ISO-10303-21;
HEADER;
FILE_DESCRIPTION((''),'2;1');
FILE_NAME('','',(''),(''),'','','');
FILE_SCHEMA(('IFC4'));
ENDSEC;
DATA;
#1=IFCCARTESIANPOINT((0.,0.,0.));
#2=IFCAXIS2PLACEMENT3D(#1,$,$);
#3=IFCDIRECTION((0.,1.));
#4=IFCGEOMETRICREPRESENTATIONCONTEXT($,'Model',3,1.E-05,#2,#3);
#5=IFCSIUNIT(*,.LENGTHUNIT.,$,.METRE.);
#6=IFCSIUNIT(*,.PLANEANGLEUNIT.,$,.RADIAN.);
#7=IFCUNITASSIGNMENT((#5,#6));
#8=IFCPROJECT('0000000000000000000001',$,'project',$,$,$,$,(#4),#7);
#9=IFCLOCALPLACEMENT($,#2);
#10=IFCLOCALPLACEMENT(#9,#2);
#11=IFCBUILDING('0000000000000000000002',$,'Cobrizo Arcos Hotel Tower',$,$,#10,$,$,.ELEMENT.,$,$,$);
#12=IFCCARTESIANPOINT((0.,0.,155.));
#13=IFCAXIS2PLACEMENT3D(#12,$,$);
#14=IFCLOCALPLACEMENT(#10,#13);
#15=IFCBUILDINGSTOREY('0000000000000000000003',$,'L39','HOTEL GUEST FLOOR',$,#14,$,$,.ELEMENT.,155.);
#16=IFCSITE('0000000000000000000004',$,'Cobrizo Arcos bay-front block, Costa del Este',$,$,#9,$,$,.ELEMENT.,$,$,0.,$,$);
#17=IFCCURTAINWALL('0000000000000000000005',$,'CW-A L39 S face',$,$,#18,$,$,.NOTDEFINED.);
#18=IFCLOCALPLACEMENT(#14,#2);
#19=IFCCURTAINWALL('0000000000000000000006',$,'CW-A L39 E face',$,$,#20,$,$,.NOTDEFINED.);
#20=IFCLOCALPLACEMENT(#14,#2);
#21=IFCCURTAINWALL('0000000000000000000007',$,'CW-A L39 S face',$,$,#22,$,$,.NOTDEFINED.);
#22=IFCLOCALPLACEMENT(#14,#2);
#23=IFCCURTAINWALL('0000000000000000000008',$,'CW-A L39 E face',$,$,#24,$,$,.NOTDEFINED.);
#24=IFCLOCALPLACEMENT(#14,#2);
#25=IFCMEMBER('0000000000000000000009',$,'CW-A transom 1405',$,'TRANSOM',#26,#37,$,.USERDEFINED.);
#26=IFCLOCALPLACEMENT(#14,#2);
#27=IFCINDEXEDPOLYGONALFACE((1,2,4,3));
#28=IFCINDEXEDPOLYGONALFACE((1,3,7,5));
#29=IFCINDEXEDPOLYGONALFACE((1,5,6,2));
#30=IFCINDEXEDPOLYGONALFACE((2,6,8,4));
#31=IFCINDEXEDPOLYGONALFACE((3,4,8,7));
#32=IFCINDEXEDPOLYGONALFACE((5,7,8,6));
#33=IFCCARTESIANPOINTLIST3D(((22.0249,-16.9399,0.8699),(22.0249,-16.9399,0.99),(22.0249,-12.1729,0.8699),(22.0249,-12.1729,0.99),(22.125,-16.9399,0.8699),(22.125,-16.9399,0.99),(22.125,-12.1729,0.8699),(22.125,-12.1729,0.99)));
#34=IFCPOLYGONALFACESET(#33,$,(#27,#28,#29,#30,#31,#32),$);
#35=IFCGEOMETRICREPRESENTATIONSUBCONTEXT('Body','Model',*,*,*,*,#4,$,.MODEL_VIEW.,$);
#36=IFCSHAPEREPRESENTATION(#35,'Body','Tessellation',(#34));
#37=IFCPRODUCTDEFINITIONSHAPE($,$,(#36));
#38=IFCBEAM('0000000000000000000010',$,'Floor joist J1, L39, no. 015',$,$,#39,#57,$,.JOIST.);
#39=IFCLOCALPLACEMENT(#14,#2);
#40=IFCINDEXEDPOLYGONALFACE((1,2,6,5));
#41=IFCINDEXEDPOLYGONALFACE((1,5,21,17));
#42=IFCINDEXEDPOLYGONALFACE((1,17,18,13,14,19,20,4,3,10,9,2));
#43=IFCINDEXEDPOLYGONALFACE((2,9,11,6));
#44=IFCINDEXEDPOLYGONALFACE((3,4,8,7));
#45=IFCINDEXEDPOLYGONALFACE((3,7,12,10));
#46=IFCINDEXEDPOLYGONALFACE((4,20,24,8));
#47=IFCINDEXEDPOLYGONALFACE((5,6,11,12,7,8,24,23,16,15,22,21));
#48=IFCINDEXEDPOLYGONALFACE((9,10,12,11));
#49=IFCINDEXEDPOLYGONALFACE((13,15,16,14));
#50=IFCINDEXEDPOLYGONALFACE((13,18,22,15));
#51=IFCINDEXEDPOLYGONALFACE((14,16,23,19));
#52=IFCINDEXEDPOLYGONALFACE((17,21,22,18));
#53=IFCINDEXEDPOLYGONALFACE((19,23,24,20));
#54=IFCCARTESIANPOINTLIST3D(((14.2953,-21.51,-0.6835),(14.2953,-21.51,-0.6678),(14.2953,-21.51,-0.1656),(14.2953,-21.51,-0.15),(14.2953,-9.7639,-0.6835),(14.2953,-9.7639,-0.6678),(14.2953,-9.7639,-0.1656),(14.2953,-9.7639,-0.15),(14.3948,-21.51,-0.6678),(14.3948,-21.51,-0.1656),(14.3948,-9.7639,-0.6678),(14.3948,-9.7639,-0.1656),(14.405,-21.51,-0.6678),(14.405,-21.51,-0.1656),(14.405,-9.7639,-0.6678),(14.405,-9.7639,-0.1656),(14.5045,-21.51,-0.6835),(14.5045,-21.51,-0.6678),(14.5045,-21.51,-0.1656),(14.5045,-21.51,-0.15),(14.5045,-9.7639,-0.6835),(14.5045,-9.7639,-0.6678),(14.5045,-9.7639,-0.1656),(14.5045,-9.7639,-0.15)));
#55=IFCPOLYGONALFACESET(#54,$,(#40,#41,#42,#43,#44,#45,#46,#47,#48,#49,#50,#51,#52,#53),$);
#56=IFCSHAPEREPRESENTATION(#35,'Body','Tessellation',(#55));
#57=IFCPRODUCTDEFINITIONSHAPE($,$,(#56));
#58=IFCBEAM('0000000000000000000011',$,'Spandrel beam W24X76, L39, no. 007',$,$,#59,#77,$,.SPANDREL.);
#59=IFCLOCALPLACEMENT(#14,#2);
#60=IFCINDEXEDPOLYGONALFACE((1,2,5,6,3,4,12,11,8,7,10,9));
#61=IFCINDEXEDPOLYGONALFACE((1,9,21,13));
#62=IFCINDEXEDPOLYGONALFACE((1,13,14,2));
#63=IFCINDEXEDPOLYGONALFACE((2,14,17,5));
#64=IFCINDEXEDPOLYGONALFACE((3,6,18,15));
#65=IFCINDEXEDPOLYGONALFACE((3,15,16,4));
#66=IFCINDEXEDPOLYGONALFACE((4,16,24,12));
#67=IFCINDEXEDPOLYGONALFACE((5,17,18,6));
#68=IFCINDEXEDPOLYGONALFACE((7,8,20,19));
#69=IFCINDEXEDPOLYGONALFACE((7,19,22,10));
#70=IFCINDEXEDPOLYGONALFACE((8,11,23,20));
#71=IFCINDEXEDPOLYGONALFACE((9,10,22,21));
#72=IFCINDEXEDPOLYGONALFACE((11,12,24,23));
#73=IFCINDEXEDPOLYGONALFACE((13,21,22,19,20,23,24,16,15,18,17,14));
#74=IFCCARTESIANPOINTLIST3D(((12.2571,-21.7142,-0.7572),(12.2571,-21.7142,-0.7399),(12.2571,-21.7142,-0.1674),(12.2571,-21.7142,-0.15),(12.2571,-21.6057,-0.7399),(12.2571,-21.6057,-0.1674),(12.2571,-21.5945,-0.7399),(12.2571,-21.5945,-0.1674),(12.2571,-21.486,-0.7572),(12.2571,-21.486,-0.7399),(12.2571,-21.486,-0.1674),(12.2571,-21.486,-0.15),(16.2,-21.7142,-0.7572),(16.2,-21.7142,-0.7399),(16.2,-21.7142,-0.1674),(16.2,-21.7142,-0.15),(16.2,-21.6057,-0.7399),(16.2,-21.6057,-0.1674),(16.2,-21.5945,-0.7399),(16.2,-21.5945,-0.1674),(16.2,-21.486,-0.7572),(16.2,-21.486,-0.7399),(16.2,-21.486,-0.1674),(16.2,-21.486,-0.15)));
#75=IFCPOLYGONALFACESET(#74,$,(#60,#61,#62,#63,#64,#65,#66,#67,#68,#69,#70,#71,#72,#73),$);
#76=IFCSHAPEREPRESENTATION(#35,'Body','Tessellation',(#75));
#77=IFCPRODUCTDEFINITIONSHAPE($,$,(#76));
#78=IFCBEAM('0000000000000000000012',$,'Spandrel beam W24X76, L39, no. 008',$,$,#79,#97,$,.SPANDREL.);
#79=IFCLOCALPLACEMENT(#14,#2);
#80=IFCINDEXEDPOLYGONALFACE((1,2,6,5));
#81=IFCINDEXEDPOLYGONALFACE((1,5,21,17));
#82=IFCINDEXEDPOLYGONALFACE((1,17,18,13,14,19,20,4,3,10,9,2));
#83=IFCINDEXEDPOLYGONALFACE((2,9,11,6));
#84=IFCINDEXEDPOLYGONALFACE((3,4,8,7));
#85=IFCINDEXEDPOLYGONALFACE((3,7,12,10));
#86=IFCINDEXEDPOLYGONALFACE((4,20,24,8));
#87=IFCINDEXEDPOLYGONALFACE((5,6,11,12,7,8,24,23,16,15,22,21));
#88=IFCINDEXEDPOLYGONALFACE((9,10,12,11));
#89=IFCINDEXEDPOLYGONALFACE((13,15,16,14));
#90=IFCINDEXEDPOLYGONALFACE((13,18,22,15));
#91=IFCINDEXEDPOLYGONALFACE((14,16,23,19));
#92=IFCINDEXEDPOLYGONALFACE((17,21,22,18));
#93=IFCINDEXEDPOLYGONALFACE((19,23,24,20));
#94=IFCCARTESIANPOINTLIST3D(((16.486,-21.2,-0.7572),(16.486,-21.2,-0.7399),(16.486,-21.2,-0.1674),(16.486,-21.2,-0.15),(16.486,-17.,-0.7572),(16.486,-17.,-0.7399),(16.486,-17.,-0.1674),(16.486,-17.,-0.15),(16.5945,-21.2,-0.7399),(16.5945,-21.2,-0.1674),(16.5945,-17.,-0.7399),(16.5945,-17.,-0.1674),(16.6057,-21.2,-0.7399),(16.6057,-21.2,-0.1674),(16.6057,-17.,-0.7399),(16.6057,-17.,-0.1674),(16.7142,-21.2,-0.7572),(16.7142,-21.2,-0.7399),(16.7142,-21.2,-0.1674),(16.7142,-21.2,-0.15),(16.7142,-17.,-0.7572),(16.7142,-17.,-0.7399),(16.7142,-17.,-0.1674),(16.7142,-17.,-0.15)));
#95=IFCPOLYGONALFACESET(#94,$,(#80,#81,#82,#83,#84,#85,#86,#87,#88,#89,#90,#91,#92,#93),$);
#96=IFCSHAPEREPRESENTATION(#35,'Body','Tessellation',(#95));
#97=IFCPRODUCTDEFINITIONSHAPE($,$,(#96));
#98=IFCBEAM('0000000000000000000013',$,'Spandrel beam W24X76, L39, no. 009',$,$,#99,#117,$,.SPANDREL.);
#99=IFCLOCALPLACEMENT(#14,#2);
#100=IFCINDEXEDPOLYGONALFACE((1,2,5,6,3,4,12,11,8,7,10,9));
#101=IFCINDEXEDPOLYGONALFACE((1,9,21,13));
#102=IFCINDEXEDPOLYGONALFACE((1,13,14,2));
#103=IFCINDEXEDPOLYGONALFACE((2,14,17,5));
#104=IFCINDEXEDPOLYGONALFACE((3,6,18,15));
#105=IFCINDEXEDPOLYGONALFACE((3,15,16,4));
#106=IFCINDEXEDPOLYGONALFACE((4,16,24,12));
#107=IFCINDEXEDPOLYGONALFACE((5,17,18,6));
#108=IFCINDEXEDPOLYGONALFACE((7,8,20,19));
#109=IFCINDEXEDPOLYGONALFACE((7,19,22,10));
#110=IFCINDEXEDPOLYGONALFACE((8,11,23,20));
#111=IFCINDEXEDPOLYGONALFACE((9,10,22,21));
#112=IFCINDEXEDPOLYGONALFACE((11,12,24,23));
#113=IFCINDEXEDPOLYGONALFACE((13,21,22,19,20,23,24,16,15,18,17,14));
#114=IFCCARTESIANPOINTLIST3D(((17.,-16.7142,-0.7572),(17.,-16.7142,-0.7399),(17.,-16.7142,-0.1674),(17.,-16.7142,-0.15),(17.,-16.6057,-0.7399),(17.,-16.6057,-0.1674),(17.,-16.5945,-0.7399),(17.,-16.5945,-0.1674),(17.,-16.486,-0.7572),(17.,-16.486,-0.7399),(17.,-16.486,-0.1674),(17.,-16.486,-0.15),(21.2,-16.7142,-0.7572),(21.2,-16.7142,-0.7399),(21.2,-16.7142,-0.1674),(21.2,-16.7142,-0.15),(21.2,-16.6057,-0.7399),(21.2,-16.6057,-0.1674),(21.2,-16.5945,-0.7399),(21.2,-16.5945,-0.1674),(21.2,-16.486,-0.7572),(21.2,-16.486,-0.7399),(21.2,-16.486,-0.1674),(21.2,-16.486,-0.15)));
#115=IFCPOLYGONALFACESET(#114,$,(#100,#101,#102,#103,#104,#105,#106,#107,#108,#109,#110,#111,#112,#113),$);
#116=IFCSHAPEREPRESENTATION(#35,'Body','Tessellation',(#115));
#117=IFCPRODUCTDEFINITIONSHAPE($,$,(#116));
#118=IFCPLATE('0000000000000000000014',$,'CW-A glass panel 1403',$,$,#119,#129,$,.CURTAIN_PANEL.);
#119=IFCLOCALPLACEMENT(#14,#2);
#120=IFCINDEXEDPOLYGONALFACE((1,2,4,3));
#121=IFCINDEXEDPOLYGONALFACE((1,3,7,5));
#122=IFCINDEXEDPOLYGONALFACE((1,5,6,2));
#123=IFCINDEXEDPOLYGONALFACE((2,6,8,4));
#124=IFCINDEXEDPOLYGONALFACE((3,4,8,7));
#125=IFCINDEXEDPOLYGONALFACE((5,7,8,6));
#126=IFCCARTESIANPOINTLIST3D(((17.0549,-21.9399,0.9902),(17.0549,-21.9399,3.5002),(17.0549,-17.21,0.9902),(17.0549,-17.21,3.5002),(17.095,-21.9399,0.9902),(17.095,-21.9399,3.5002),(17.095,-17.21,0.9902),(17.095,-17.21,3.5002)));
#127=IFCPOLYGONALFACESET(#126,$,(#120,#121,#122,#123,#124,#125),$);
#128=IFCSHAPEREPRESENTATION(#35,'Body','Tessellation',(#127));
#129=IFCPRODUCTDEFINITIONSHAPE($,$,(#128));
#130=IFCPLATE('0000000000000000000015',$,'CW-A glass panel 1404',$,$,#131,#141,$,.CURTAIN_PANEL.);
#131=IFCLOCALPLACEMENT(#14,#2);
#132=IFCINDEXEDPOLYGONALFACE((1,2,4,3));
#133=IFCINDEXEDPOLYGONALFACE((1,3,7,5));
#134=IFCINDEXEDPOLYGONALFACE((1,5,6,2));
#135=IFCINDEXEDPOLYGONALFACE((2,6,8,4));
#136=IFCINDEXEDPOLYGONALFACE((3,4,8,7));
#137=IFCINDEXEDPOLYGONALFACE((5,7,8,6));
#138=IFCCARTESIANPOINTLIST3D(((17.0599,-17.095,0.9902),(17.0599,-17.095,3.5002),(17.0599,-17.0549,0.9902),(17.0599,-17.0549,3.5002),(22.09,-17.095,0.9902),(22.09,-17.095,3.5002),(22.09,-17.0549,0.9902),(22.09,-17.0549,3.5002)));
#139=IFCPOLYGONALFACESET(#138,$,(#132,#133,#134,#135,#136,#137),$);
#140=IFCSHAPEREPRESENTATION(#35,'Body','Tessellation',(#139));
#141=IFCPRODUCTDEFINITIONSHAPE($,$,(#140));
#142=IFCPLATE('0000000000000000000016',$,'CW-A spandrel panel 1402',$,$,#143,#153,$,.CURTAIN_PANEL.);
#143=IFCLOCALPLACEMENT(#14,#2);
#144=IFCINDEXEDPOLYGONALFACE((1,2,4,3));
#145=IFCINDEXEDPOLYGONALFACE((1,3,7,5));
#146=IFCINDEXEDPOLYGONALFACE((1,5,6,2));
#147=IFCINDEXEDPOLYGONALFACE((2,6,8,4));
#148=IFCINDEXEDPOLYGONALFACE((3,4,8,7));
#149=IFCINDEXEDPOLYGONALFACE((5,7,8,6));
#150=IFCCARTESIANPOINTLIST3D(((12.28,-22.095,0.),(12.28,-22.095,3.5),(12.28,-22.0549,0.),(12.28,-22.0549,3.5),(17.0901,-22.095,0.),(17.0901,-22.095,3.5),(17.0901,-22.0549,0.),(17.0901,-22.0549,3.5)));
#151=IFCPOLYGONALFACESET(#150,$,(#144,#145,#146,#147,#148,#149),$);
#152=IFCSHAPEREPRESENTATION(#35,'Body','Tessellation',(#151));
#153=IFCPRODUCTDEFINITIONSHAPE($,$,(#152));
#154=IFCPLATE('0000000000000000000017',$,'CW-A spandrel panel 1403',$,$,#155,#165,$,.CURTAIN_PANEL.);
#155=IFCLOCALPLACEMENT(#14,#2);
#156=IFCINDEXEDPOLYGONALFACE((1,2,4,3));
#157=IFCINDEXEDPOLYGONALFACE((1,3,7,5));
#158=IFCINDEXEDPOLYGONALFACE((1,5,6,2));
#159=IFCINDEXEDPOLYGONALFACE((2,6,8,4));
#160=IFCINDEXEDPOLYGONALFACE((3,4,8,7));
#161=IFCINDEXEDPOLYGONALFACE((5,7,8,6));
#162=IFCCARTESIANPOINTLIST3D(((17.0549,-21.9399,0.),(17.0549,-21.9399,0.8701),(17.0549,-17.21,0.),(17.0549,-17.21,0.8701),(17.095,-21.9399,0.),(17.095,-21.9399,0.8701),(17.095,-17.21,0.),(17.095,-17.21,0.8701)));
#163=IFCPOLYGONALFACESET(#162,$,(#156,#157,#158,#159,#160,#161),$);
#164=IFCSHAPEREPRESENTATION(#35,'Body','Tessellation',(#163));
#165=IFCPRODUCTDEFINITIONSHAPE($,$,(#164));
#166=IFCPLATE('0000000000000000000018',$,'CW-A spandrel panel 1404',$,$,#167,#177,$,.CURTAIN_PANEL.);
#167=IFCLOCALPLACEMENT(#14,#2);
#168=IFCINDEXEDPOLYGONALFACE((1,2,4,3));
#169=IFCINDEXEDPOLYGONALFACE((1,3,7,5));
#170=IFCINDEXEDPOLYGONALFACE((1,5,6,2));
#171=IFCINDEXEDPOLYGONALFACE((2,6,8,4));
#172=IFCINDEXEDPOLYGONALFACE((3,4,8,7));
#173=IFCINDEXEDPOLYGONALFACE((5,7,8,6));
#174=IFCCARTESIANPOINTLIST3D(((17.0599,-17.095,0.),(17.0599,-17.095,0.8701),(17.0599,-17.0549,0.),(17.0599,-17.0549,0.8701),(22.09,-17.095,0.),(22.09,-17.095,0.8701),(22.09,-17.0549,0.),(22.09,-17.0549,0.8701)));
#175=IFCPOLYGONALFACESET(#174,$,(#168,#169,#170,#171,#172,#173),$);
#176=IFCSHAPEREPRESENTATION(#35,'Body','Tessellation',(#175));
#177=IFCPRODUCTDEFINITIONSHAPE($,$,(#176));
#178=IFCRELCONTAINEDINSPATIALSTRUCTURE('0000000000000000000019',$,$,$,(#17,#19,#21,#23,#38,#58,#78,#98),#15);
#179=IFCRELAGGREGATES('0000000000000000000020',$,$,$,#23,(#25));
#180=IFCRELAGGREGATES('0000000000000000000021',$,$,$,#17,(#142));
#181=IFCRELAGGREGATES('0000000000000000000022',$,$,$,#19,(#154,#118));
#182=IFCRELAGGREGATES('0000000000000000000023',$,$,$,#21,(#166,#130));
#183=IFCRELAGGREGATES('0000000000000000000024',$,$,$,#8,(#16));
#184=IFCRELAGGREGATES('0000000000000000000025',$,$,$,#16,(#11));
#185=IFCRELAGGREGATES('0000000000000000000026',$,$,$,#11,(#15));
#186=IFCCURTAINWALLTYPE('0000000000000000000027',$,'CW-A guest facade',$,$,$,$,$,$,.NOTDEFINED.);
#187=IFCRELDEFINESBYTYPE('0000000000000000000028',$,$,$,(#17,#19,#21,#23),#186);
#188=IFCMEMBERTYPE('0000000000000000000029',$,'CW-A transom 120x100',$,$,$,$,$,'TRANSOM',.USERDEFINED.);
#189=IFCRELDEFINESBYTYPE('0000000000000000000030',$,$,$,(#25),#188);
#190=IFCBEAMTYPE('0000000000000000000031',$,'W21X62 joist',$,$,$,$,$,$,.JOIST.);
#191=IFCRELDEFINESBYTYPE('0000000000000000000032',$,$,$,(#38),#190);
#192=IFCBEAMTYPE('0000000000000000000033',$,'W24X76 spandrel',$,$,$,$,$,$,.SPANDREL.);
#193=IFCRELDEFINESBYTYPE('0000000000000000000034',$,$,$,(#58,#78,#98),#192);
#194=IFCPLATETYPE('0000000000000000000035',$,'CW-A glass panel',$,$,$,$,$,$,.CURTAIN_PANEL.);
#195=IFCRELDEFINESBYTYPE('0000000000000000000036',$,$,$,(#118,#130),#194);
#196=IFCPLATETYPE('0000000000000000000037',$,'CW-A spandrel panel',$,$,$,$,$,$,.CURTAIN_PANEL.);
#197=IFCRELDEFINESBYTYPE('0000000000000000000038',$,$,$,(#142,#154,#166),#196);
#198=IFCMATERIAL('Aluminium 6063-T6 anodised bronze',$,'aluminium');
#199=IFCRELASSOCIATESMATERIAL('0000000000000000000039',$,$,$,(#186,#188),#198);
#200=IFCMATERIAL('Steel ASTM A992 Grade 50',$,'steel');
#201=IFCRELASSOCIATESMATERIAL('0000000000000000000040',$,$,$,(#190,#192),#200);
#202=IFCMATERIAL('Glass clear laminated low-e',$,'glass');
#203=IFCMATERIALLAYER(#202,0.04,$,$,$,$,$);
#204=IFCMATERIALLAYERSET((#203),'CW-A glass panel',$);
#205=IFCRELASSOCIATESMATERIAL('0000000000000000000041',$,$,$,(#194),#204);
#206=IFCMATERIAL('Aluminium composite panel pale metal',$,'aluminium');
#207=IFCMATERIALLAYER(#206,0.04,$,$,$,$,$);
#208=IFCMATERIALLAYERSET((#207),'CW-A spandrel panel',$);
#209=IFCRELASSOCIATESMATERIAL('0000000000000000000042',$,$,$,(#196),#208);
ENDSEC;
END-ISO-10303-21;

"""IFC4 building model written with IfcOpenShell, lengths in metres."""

from ifc_helpers import new_model, si_unit, direction, frame, origin, origin_2d, place, context, subcontext, project, spatial, rectangle, i_section, extrude, material, layer, layer_set, material_profile, profile_set, type_object, element, aggregate, save


model = new_model("IFC4")

# Units and contexts
model_context = context("Model", 3, precision=1e-05, world=origin(), true_north=direction((0.0, 1.0)))
body_context = subcontext(model_context, "Body", "Model", "MODEL_VIEW")
ifc_project = project(units=[si_unit("LENGTHUNIT", "METRE"), si_unit("PLANEANGLEUNIT", "RADIAN")], contexts=[model_context])

# Site, building, storey
site_placement = place(None, origin())
site = spatial("IfcSite", under=ifc_project, at=site_placement, Name="Cobrizo Arcos bay-front block, Costa del Este", CompositionType="ELEMENT", RefElevation=0.0)
building_placement = place(site_placement, origin())
building = spatial("IfcBuilding", under=site, at=building_placement, Name="Cobrizo Arcos Hotel Tower", CompositionType="ELEMENT")
storey_placement = place(building_placement, frame((0.0, 0.0, 155.0)))
storey = spatial("IfcBuildingStorey", under=building, at=storey_placement, Name="L39", Description="HOTEL GUEST FLOOR", CompositionType="ELEMENT", Elevation=155.0)

# Curtain walls
ifc_material_1 = material(Name="Aluminium 6063-T6 anodised bronze", Category="aluminium")
curtain_wall_type = type_object("IfcCurtainWallType", Name="CW-A guest facade", PredefinedType="NOTDEFINED", material=ifc_material_1)
curtain_wall_1_placement = place(storey_placement, origin())
curtain_wall_1 = element("IfcCurtainWall", 1, at=curtain_wall_1_placement, inside=storey, type_object=curtain_wall_type, Name="CW-A L39 S face", PredefinedType="NOTDEFINED")
curtain_wall_2_placement = place(storey_placement, origin())
curtain_wall_2 = element("IfcCurtainWall", 2, at=curtain_wall_2_placement, inside=storey, type_object=curtain_wall_type, Name="CW-A L39 E face", PredefinedType="NOTDEFINED")
curtain_wall_3_placement = place(storey_placement, origin())
curtain_wall_3 = element("IfcCurtainWall", 3, at=curtain_wall_3_placement, inside=storey, type_object=curtain_wall_type, Name="CW-A L39 S face", PredefinedType="NOTDEFINED")

# Curtain wall
curtain_wall_4_placement = place(storey_placement, origin())
curtain_wall_4 = element("IfcCurtainWall", 4, at=curtain_wall_4_placement, inside=storey, type_object=curtain_wall_type, Name="CW-A L39 E face", PredefinedType="NOTDEFINED")

# Member
ifc_material_profile_1 = material_profile(ifc_material_1, rectangle(XDim=0.1001, YDim=0.1201, at=origin_2d()), Name="CW-A transom 120x100")
ifc_profile_set_1 = profile_set([ifc_material_profile_1], Name="Aluminium 6063-T6 anodised bronze")
member_type_1 = type_object("IfcMemberType", Name="CW-A transom 120x100", ElementType="TRANSOM", PredefinedType="USERDEFINED", material=ifc_profile_set_1)
member_1_placement = place(storey_placement, frame((22.075, -16.9399, 0.9299), z_axis=(0.0, 1.0, 0.0), x_axis=(-1.0, 0.0, 0.0)))
member_1 = element("IfcMember", 5, at=member_1_placement, type_object=member_type_1, Name="CW-A transom 1405", ObjectType="TRANSOM", PredefinedType="USERDEFINED", context=body_context, shape_type="SweptSolid", body=[
    extrude(rectangle(XDim=0.1001, YDim=0.1201, at=origin_2d()), origin(), (0.0, 0.0, 1.0), 4.7671),
])
aggregate(curtain_wall_4, [member_1])

# Beams
ifc_material_2 = material(Name="Steel ASTM A992 Grade 50", Category="steel")
ifc_material_profile_2 = material_profile(ifc_material_2, i_section(OverallWidth=0.2092, OverallDepth=0.5334, WebThickness=0.0103, FlangeThickness=0.0156, at=origin_2d()), Name="W21X62")
ifc_profile_set_2 = profile_set([ifc_material_profile_2], Name="Steel ASTM A992 Grade 50")
beam_type_1 = type_object("IfcBeamType", Name="W21X62 joist", PredefinedType="JOIST", material=ifc_profile_set_2)
beam_1_placement = place(storey_placement, frame((14.3999, -21.51, -0.4167), z_axis=(0.0, 1.0, 0.0), x_axis=(-1.0, 0.0, 0.0)))
element("IfcBeam", 6, at=beam_1_placement, inside=storey, type_object=beam_type_1, Name="Floor joist J1, L39, no. 015", PredefinedType="JOIST", context=body_context, shape_type="SweptSolid", body=[
    extrude(i_section(OverallWidth=0.2092, OverallDepth=0.5334, WebThickness=0.0103, FlangeThickness=0.0156, at=origin_2d()), origin(), (0.0, 0.0, 1.0), 11.7461),
])
ifc_material_profile_3 = material_profile(ifc_material_2, i_section(OverallWidth=0.2283, OverallDepth=0.6072, WebThickness=0.0112, FlangeThickness=0.0173, at=origin_2d()), Name="W24X76")
ifc_profile_set_3 = profile_set([ifc_material_profile_3], Name="Steel ASTM A992 Grade 50")
beam_type_2 = type_object("IfcBeamType", Name="W24X76 spandrel", PredefinedType="SPANDREL", material=ifc_profile_set_3)
beam_2_placement = place(storey_placement, frame((12.2571, -21.6001, -0.4536), z_axis=(1.0, 0.0, 0.0), x_axis=(0.0, 1.0, 0.0)))
element("IfcBeam", 7, at=beam_2_placement, inside=storey, type_object=beam_type_2, Name="Spandrel beam W24X76, L39, no. 007", PredefinedType="SPANDREL", context=body_context, shape_type="SweptSolid", body=[
    extrude(i_section(OverallWidth=0.2283, OverallDepth=0.6072, WebThickness=0.0112, FlangeThickness=0.0173, at=origin_2d()), origin(), (0.0, 0.0, 1.0), 3.9429),
])
for number, where, z_axis, x_axis, name in (
    (8, (16.6001, -21.2, -0.4536), (0.0, 1.0, 0.0), (-1.0, 0.0, 0.0), "Spandrel beam W24X76, L39, no. 008"),
    (9, (17.0, -16.6001, -0.4536), (1.0, 0.0, 0.0), (0.0, 1.0, 0.0), "Spandrel beam W24X76, L39, no. 009"),
):
    element("IfcBeam", number, at=place(storey_placement, frame(where, z_axis=z_axis, x_axis=x_axis)), inside=storey, type_object=beam_type_2, Name=name, PredefinedType="SPANDREL", context=body_context, shape_type="SweptSolid", body=[
        extrude(i_section(OverallWidth=0.2283, OverallDepth=0.6072, WebThickness=0.0112, FlangeThickness=0.0173, at=origin_2d()), origin(), (0.0, 0.0, 1.0), 4.2),
    ])

# Plates
ifc_material_3 = material(Name="Glass clear laminated low-e", Category="glass")
ifc_layer_1 = layer(ifc_material_3, 0.04)
ifc_layer_set_1 = layer_set([ifc_layer_1], Name="CW-A glass panel")
plate_type_1 = type_object("IfcPlateType", Name="CW-A glass panel", PredefinedType="CURTAIN_PANEL", material=ifc_layer_set_1)
plate_1_placement = place(storey_placement, frame((17.075, -19.575, 0.9902), z_axis=(0.0, 0.0, 1.0), x_axis=(0.0, 1.0, 0.0)))
plate_1 = element("IfcPlate", 10, at=plate_1_placement, type_object=plate_type_1, Name="CW-A glass panel 1403", PredefinedType="CURTAIN_PANEL", context=body_context, shape_type="SweptSolid", body=[
    extrude(rectangle(XDim=4.73, YDim=0.04, at=origin_2d()), origin(), (0.0, 0.0, 1.0), 2.51),
])
plate_2_placement = place(storey_placement, frame((19.575, -17.075, 0.9902), z_axis=(0.0, 0.0, 1.0), x_axis=(1.0, 0.0, 0.0)))
plate_2 = element("IfcPlate", 11, at=plate_2_placement, type_object=plate_type_1, Name="CW-A glass panel 1404", PredefinedType="CURTAIN_PANEL", context=body_context, shape_type="SweptSolid", body=[
    extrude(rectangle(XDim=5.03, YDim=0.04, at=origin_2d()), origin(), (0.0, 0.0, 1.0), 2.51),
])
ifc_material_4 = material(Name="Aluminium composite panel pale metal", Category="aluminium")
ifc_layer_2 = layer(ifc_material_4, 0.04)
ifc_layer_set_2 = layer_set([ifc_layer_2], Name="CW-A spandrel panel")
plate_type_2 = type_object("IfcPlateType", Name="CW-A spandrel panel", PredefinedType="CURTAIN_PANEL", material=ifc_layer_set_2)
plate_3_placement = place(storey_placement, frame((14.6851, -22.075, 0.0), z_axis=(0.0, 0.0, 1.0), x_axis=(1.0, 0.0, 0.0)))
plate_3 = element("IfcPlate", 12, at=plate_3_placement, type_object=plate_type_2, Name="CW-A spandrel panel 1402", PredefinedType="CURTAIN_PANEL", context=body_context, shape_type="SweptSolid", body=[
    extrude(rectangle(XDim=4.8101, YDim=0.04, at=origin_2d()), origin(), (0.0, 0.0, 1.0), 3.5),
])
aggregate(curtain_wall_1, [plate_3])
plate_4_placement = place(storey_placement, frame((17.075, -19.575, 0.0), z_axis=(0.0, 0.0, 1.0), x_axis=(0.0, 1.0, 0.0)))
plate_4 = element("IfcPlate", 13, at=plate_4_placement, type_object=plate_type_2, Name="CW-A spandrel panel 1403", PredefinedType="CURTAIN_PANEL", context=body_context, shape_type="SweptSolid", body=[
    extrude(rectangle(XDim=4.73, YDim=0.04, at=origin_2d()), origin(), (0.0, 0.0, 1.0), 0.8701),
])
aggregate(curtain_wall_2, [plate_4, plate_1])
plate_5_placement = place(storey_placement, frame((19.575, -17.075, 0.0), z_axis=(0.0, 0.0, 1.0), x_axis=(1.0, 0.0, 0.0)))
plate_5 = element("IfcPlate", 14, at=plate_5_placement, type_object=plate_type_2, Name="CW-A spandrel panel 1404", PredefinedType="CURTAIN_PANEL", context=body_context, shape_type="SweptSolid", body=[
    extrude(rectangle(XDim=5.03, YDim=0.04, at=origin_2d()), origin(), (0.0, 0.0, 1.0), 0.8701),
])
aggregate(curtain_wall_3, [plate_5, plate_2])

save(model, "model.ifc")
